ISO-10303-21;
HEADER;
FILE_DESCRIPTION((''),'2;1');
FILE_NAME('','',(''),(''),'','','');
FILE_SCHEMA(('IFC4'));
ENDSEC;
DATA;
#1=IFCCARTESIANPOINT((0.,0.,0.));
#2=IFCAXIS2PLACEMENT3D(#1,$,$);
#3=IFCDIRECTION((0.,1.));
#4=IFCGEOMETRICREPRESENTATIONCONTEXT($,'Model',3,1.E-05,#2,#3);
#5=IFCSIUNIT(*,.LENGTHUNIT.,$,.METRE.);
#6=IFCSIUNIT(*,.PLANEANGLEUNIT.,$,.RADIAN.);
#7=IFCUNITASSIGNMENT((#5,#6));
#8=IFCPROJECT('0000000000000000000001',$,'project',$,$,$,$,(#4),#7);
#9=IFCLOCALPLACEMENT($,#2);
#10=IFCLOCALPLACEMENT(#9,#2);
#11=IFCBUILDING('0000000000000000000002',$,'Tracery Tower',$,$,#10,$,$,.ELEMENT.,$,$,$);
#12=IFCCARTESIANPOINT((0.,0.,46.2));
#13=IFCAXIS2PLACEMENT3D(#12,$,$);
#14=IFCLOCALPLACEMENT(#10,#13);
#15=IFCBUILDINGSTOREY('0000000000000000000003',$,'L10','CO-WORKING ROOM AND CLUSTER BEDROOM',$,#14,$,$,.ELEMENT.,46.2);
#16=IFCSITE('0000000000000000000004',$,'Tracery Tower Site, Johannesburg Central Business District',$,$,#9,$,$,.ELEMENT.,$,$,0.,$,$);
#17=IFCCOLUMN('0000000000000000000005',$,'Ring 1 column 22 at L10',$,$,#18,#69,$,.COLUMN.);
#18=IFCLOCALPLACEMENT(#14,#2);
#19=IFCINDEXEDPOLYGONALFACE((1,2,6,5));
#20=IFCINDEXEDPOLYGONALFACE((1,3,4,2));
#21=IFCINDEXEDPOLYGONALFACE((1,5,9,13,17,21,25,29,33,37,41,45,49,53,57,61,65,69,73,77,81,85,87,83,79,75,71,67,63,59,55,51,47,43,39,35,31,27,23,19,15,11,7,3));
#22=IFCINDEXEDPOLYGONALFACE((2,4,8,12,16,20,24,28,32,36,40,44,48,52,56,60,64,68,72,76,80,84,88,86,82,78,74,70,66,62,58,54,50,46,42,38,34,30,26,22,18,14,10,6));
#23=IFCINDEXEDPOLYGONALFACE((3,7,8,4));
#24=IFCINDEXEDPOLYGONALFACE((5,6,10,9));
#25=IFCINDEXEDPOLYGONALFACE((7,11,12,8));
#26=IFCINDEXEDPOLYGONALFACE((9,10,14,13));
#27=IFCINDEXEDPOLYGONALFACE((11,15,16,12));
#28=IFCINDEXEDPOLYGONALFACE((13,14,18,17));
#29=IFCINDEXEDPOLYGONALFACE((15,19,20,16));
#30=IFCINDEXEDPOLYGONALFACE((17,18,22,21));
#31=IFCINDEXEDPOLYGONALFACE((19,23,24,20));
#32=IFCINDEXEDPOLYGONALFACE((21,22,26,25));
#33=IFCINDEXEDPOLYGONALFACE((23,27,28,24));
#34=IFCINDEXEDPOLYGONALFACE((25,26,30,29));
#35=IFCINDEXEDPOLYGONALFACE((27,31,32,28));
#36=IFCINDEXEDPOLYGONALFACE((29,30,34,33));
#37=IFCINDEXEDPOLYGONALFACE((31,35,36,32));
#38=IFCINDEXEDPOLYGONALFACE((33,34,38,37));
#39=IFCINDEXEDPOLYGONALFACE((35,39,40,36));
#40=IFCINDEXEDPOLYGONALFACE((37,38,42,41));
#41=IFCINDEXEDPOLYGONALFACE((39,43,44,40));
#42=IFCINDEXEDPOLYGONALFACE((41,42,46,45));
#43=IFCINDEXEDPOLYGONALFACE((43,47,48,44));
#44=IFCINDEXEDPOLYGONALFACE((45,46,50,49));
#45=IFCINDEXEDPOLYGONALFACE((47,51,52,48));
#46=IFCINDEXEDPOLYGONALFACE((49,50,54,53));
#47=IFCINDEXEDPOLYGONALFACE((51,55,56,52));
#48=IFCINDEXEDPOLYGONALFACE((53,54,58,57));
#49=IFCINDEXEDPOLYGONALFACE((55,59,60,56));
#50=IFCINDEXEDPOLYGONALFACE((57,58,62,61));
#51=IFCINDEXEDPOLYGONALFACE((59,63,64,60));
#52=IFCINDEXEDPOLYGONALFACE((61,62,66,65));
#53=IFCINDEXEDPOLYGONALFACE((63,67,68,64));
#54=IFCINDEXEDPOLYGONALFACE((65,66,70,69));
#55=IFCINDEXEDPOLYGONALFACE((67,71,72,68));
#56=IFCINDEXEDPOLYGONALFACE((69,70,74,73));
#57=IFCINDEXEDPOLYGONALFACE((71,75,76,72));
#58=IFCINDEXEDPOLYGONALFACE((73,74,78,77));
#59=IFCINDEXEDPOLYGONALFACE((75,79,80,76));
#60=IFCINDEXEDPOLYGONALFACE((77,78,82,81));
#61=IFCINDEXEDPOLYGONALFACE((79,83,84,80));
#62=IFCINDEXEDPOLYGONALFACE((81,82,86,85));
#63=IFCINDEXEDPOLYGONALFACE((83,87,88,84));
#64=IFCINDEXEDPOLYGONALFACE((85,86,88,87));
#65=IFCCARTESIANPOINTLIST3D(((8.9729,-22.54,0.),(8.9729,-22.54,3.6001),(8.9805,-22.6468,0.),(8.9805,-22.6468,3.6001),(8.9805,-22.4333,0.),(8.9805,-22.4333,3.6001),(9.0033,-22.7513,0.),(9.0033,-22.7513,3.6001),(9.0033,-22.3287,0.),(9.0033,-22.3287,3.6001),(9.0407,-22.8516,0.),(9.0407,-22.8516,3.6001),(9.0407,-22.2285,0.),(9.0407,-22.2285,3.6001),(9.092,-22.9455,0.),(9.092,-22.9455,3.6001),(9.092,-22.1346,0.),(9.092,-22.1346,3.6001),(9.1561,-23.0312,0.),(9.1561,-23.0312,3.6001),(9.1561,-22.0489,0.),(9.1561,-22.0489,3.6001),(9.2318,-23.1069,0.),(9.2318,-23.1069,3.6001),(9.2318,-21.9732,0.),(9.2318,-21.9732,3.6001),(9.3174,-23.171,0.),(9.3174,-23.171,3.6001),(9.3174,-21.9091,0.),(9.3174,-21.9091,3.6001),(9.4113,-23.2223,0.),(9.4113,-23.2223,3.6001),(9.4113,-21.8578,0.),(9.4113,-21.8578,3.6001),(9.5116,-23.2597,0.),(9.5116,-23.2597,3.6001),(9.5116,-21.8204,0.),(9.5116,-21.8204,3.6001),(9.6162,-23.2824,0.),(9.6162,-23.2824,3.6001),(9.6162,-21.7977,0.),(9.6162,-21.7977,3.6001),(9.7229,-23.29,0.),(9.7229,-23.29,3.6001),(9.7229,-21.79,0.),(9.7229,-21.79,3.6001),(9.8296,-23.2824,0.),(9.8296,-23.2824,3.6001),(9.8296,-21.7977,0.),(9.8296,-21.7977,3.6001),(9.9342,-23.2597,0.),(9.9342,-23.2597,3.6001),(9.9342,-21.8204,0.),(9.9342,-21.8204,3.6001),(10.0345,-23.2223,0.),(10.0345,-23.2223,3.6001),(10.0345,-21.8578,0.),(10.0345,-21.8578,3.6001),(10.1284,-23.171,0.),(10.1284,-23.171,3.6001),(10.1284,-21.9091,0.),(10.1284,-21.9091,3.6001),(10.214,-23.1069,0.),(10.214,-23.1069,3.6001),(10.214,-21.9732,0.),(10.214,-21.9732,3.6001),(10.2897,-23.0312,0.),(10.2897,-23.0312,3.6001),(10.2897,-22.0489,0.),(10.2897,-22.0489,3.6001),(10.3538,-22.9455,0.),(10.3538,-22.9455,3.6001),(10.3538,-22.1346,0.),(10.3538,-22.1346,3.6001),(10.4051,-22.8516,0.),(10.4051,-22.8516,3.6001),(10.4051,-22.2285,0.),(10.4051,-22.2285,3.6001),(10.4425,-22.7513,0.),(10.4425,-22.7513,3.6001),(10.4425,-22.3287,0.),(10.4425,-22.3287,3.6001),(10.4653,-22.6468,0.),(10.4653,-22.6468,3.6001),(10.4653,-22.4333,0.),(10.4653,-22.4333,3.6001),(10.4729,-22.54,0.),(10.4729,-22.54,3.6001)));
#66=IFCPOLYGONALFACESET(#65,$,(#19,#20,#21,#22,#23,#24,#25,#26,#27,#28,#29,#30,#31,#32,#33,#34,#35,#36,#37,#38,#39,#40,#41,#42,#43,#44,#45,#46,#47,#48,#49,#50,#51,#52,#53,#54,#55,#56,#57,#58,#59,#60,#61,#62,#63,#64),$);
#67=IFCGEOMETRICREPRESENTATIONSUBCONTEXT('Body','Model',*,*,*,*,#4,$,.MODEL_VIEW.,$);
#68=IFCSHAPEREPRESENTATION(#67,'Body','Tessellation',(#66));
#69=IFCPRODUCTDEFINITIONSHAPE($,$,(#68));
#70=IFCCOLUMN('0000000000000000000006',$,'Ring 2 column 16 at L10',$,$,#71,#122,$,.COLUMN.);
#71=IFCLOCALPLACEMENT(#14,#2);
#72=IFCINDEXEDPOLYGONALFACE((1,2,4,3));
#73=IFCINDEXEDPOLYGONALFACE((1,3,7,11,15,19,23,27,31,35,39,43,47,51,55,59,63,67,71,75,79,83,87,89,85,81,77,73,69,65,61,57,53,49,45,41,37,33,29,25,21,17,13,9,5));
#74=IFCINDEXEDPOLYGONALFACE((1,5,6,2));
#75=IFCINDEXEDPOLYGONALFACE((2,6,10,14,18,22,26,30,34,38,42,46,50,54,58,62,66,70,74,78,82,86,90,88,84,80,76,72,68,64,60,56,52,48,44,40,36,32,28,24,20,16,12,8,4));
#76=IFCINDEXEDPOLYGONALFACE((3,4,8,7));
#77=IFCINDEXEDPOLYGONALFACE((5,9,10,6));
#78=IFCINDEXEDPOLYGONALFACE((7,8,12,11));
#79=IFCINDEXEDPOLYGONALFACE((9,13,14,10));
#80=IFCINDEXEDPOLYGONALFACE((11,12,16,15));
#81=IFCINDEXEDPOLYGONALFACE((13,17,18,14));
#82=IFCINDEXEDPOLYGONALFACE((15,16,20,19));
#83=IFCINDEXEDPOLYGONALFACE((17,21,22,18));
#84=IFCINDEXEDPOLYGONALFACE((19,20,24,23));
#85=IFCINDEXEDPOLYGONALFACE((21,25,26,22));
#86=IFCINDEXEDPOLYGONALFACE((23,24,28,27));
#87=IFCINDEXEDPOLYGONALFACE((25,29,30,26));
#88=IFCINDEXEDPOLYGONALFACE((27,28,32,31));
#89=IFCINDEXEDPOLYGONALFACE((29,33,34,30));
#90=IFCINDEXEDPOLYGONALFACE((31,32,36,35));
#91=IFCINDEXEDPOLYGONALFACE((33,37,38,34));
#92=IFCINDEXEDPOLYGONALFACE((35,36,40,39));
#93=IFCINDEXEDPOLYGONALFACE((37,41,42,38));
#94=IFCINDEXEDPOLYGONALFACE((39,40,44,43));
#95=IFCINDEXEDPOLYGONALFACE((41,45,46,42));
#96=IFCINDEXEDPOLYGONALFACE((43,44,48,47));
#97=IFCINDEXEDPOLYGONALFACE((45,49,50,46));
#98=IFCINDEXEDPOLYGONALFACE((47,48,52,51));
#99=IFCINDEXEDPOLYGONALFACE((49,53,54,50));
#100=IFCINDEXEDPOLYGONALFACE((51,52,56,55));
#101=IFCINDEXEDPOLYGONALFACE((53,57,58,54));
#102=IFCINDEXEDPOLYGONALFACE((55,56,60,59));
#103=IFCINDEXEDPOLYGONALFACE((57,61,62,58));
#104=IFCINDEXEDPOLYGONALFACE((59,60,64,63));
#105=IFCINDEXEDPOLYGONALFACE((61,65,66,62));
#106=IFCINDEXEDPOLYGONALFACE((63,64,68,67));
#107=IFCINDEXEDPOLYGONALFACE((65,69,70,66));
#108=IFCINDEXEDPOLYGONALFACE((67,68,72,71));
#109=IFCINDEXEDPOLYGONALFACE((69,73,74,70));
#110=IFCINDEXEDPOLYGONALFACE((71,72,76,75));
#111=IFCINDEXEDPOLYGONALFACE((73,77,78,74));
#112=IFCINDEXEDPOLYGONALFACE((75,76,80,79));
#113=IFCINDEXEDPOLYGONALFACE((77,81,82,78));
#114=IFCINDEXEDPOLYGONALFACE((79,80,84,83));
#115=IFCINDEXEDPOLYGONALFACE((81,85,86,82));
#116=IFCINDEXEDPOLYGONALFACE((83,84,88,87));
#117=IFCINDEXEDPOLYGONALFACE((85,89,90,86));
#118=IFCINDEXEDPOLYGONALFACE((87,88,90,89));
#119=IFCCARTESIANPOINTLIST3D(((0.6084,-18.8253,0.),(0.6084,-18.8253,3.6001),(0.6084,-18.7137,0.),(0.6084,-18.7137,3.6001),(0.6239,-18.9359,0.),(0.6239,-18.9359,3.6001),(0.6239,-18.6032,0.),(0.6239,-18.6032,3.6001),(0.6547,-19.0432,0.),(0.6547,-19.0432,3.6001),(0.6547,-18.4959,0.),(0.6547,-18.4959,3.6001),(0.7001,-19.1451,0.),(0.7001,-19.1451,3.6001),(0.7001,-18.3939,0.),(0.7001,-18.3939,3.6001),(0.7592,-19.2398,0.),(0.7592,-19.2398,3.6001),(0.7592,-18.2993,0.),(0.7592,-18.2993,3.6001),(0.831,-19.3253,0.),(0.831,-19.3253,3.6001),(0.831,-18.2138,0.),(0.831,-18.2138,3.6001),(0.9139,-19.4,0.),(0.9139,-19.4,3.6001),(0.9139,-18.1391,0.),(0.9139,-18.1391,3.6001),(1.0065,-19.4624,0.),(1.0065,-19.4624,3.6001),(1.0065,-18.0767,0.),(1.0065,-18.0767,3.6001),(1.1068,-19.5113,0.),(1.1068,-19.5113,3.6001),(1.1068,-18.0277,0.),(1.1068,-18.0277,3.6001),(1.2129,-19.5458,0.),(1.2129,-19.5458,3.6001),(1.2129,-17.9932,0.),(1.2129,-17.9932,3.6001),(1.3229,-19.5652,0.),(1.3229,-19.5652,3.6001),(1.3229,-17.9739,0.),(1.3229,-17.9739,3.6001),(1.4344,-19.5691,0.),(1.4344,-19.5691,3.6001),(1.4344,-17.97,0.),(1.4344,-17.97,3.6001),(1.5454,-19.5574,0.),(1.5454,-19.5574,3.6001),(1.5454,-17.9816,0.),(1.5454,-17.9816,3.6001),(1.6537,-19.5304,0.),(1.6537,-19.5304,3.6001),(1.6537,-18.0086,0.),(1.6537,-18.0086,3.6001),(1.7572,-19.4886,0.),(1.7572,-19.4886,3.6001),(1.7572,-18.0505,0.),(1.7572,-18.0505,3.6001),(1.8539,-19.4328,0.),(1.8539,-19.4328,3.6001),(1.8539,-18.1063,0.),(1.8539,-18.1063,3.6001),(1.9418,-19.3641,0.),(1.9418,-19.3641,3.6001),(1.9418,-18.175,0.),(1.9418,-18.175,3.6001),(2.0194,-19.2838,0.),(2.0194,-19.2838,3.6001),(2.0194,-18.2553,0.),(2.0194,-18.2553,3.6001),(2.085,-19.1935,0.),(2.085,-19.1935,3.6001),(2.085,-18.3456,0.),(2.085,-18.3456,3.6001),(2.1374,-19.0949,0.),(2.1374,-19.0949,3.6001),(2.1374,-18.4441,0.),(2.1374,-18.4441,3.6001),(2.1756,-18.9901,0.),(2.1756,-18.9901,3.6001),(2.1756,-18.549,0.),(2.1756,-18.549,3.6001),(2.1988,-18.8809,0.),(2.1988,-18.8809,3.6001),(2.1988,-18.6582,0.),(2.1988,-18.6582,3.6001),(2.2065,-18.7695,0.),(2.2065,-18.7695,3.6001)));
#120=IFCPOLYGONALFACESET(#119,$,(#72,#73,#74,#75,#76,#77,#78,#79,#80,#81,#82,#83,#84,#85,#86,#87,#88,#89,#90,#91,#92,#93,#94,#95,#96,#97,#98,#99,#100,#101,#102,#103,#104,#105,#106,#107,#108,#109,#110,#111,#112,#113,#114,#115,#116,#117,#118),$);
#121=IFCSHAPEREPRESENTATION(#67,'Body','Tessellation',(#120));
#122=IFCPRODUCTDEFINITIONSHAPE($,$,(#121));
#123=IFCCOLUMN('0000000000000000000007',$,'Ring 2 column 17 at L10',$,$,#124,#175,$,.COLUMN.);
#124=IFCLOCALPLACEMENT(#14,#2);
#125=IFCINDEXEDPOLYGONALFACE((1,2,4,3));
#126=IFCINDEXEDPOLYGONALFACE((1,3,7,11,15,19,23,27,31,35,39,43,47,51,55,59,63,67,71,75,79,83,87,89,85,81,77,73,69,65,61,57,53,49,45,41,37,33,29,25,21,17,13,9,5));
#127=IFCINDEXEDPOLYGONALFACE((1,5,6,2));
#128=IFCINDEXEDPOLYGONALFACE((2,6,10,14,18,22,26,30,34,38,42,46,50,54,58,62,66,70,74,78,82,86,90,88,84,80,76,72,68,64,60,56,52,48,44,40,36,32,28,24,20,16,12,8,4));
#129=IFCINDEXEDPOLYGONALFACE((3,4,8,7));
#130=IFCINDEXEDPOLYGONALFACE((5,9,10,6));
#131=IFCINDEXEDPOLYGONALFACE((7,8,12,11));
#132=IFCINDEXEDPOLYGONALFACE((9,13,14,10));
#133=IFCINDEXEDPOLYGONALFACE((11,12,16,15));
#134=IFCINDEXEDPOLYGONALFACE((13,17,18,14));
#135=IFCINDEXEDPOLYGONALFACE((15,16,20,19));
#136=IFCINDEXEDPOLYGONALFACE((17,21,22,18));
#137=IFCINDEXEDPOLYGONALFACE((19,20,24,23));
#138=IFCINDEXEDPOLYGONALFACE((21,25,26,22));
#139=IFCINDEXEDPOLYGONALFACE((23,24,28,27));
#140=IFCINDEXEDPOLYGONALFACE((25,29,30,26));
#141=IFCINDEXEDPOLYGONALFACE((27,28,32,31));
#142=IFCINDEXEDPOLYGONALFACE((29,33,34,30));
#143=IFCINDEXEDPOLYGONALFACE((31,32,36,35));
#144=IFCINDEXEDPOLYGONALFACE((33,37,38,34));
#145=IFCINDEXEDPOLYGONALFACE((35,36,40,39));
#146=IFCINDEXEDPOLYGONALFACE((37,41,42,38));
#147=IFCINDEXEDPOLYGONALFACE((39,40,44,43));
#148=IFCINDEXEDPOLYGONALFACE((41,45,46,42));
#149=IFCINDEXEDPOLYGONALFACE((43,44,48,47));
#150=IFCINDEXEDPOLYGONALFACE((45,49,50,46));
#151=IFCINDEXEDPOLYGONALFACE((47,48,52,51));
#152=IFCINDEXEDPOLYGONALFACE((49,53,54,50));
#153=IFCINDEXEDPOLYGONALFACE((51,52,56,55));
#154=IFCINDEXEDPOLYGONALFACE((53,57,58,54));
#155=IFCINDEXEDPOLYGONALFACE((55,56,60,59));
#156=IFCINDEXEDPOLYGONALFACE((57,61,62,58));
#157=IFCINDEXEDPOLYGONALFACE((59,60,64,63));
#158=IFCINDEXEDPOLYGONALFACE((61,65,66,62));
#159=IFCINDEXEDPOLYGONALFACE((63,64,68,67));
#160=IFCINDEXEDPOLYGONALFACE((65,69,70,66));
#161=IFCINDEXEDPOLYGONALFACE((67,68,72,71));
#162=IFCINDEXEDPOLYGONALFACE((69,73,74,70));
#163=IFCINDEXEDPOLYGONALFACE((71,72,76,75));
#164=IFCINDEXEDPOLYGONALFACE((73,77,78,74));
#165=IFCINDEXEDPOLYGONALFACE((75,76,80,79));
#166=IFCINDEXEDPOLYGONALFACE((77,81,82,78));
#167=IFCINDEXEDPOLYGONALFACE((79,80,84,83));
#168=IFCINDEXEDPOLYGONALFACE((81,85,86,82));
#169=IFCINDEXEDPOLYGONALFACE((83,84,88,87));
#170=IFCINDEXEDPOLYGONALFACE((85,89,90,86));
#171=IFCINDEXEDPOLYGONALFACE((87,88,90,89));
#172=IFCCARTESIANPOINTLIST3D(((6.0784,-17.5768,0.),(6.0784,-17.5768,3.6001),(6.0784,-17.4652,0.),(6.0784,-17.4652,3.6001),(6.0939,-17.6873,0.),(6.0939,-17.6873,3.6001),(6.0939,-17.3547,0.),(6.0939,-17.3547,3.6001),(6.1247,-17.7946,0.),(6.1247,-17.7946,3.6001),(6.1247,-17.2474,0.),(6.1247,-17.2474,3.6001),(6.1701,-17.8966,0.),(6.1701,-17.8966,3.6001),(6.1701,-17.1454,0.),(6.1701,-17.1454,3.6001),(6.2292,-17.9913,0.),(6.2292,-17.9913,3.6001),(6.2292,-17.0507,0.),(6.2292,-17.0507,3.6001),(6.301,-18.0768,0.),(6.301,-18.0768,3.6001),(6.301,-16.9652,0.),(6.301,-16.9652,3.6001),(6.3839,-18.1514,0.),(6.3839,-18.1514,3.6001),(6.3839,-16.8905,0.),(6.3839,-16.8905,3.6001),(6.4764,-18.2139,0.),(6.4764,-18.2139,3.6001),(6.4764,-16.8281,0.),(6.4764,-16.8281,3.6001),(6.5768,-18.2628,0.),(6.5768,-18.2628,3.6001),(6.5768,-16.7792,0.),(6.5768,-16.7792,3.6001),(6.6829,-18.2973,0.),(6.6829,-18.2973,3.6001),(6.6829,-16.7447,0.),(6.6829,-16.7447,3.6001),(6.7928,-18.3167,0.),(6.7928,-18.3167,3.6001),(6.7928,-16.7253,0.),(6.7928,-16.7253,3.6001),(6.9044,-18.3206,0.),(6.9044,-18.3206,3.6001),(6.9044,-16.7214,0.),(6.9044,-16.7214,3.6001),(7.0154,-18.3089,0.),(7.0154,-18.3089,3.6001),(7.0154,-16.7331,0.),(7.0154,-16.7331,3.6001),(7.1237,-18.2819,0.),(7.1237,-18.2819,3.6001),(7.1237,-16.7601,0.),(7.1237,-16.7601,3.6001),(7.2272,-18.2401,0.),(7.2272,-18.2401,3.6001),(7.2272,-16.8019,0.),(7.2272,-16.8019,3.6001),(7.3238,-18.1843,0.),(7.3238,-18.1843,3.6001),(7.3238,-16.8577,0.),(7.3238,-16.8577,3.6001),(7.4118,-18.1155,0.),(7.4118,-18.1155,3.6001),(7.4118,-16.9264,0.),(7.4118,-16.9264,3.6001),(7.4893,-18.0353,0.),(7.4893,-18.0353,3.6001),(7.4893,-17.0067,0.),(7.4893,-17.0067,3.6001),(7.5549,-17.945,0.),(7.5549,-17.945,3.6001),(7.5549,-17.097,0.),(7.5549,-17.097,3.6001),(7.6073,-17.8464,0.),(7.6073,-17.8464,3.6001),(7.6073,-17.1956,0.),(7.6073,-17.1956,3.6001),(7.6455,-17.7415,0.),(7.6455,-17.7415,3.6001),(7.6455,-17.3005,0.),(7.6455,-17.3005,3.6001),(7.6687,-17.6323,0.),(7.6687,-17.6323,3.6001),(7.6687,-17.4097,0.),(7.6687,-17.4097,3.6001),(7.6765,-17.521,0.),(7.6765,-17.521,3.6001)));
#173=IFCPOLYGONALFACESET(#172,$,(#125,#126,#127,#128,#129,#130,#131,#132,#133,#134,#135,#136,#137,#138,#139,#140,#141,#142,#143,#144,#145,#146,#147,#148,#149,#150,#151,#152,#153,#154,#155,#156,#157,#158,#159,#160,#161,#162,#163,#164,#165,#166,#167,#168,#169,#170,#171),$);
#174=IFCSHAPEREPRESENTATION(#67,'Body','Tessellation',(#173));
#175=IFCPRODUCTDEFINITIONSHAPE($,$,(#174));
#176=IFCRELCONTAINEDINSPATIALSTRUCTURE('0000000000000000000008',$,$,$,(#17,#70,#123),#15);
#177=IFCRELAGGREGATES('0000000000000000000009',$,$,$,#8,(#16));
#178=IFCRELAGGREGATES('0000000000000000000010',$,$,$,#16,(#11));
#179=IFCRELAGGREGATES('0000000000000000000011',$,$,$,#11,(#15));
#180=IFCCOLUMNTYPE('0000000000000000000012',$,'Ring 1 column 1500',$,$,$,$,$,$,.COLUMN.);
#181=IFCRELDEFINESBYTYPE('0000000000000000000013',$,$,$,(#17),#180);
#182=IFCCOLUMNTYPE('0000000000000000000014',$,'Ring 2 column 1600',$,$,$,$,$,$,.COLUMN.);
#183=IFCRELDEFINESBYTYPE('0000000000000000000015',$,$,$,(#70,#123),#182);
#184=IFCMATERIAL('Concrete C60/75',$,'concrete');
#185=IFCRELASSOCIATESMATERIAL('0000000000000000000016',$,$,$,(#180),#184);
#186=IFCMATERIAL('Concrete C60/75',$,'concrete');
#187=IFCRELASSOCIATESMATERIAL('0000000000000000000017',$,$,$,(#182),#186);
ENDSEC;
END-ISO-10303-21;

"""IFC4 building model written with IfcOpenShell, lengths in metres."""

from ifc_helpers import new_model, si_unit, direction, frame, origin, origin_2d, place, context, subcontext, project, spatial, circle, extrude, material, material_profile, profile_set, type_object, element, save


model = new_model("IFC4")

# Units and contexts
model_context = context("Model", 3, precision=1e-05, world=origin(), true_north=direction((0.0, 1.0)))
body_context = subcontext(model_context, "Body", "Model", "MODEL_VIEW")
ifc_project = project(units=[si_unit("LENGTHUNIT", "METRE"), si_unit("PLANEANGLEUNIT", "RADIAN")], contexts=[model_context])

# Site, building, storey
site_placement = place(None, origin())
site = spatial("IfcSite", under=ifc_project, at=site_placement, Name="Tracery Tower Site, Johannesburg Central Business District", CompositionType="ELEMENT", RefElevation=0.0)
building_placement = place(site_placement, origin())
building = spatial("IfcBuilding", under=site, at=building_placement, Name="Tracery Tower", CompositionType="ELEMENT")
storey_placement = place(building_placement, frame((0.0, 0.0, 46.2)))
storey = spatial("IfcBuildingStorey", under=building, at=storey_placement, Name="L10", Description="CO-WORKING ROOM AND CLUSTER BEDROOM", CompositionType="ELEMENT", Elevation=46.2)

# Columns
ifc_material_1 = material(Name="Concrete C60/75", Category="concrete")
ifc_material_profile_1 = material_profile(ifc_material_1, circle(Radius=0.75, at=origin_2d()), Name="RC D1500")
ifc_profile_set_1 = profile_set([ifc_material_profile_1], Name="Concrete C60/75")
column_type_1 = type_object("IfcColumnType", Name="Ring 1 column 1500", PredefinedType="COLUMN", material=ifc_profile_set_1)
for number, where, z_axis, x_axis, name in (
    (1, (9.7229, -22.54, 0.0), (0.0, 0.0, 1.0), (1.0, 0.0, 0.0), "Ring 1 column 22 at L10"),
):
    element("IfcColumn", number, at=place(storey_placement, frame(where, z_axis=z_axis, x_axis=x_axis)), inside=storey, type_object=column_type_1, Name=name, PredefinedType="COLUMN", context=body_context, shape_type="SweptSolid", body=[
        extrude(circle(Radius=0.75, at=origin_2d()), origin(), (0.0, 0.0, 1.0), 3.6001),
    ])
ifc_material_2 = material(Name="Concrete C60/75", Category="concrete")
ifc_material_profile_2 = material_profile(ifc_material_2, circle(Radius=0.8, at=origin_2d()), Name="RC D1600")
ifc_profile_set_2 = profile_set([ifc_material_profile_2], Name="Concrete C60/75")
column_type_2 = type_object("IfcColumnType", Name="Ring 2 column 1600", PredefinedType="COLUMN", material=ifc_profile_set_2)
for number, where, z_axis, x_axis, name in (
    (2, (1.4065, -18.7695, 0.0), (0.0, 0.0, 1.0), (1.0, 0.0, 0.0), "Ring 2 column 16 at L10"),
    (3, (6.8765, -17.521, 0.0), (0.0, 0.0, 1.0), (1.0, 0.0, 0.0), "Ring 2 column 17 at L10"),
):
    element("IfcColumn", number, at=place(storey_placement, frame(where, z_axis=z_axis, x_axis=x_axis)), inside=storey, type_object=column_type_2, Name=name, PredefinedType="COLUMN", context=body_context, shape_type="SweptSolid", body=[
        extrude(circle(Radius=0.8, at=origin_2d()), origin(), (0.0, 0.0, 1.0), 3.6001),
    ])

save(model, "model.ifc")
